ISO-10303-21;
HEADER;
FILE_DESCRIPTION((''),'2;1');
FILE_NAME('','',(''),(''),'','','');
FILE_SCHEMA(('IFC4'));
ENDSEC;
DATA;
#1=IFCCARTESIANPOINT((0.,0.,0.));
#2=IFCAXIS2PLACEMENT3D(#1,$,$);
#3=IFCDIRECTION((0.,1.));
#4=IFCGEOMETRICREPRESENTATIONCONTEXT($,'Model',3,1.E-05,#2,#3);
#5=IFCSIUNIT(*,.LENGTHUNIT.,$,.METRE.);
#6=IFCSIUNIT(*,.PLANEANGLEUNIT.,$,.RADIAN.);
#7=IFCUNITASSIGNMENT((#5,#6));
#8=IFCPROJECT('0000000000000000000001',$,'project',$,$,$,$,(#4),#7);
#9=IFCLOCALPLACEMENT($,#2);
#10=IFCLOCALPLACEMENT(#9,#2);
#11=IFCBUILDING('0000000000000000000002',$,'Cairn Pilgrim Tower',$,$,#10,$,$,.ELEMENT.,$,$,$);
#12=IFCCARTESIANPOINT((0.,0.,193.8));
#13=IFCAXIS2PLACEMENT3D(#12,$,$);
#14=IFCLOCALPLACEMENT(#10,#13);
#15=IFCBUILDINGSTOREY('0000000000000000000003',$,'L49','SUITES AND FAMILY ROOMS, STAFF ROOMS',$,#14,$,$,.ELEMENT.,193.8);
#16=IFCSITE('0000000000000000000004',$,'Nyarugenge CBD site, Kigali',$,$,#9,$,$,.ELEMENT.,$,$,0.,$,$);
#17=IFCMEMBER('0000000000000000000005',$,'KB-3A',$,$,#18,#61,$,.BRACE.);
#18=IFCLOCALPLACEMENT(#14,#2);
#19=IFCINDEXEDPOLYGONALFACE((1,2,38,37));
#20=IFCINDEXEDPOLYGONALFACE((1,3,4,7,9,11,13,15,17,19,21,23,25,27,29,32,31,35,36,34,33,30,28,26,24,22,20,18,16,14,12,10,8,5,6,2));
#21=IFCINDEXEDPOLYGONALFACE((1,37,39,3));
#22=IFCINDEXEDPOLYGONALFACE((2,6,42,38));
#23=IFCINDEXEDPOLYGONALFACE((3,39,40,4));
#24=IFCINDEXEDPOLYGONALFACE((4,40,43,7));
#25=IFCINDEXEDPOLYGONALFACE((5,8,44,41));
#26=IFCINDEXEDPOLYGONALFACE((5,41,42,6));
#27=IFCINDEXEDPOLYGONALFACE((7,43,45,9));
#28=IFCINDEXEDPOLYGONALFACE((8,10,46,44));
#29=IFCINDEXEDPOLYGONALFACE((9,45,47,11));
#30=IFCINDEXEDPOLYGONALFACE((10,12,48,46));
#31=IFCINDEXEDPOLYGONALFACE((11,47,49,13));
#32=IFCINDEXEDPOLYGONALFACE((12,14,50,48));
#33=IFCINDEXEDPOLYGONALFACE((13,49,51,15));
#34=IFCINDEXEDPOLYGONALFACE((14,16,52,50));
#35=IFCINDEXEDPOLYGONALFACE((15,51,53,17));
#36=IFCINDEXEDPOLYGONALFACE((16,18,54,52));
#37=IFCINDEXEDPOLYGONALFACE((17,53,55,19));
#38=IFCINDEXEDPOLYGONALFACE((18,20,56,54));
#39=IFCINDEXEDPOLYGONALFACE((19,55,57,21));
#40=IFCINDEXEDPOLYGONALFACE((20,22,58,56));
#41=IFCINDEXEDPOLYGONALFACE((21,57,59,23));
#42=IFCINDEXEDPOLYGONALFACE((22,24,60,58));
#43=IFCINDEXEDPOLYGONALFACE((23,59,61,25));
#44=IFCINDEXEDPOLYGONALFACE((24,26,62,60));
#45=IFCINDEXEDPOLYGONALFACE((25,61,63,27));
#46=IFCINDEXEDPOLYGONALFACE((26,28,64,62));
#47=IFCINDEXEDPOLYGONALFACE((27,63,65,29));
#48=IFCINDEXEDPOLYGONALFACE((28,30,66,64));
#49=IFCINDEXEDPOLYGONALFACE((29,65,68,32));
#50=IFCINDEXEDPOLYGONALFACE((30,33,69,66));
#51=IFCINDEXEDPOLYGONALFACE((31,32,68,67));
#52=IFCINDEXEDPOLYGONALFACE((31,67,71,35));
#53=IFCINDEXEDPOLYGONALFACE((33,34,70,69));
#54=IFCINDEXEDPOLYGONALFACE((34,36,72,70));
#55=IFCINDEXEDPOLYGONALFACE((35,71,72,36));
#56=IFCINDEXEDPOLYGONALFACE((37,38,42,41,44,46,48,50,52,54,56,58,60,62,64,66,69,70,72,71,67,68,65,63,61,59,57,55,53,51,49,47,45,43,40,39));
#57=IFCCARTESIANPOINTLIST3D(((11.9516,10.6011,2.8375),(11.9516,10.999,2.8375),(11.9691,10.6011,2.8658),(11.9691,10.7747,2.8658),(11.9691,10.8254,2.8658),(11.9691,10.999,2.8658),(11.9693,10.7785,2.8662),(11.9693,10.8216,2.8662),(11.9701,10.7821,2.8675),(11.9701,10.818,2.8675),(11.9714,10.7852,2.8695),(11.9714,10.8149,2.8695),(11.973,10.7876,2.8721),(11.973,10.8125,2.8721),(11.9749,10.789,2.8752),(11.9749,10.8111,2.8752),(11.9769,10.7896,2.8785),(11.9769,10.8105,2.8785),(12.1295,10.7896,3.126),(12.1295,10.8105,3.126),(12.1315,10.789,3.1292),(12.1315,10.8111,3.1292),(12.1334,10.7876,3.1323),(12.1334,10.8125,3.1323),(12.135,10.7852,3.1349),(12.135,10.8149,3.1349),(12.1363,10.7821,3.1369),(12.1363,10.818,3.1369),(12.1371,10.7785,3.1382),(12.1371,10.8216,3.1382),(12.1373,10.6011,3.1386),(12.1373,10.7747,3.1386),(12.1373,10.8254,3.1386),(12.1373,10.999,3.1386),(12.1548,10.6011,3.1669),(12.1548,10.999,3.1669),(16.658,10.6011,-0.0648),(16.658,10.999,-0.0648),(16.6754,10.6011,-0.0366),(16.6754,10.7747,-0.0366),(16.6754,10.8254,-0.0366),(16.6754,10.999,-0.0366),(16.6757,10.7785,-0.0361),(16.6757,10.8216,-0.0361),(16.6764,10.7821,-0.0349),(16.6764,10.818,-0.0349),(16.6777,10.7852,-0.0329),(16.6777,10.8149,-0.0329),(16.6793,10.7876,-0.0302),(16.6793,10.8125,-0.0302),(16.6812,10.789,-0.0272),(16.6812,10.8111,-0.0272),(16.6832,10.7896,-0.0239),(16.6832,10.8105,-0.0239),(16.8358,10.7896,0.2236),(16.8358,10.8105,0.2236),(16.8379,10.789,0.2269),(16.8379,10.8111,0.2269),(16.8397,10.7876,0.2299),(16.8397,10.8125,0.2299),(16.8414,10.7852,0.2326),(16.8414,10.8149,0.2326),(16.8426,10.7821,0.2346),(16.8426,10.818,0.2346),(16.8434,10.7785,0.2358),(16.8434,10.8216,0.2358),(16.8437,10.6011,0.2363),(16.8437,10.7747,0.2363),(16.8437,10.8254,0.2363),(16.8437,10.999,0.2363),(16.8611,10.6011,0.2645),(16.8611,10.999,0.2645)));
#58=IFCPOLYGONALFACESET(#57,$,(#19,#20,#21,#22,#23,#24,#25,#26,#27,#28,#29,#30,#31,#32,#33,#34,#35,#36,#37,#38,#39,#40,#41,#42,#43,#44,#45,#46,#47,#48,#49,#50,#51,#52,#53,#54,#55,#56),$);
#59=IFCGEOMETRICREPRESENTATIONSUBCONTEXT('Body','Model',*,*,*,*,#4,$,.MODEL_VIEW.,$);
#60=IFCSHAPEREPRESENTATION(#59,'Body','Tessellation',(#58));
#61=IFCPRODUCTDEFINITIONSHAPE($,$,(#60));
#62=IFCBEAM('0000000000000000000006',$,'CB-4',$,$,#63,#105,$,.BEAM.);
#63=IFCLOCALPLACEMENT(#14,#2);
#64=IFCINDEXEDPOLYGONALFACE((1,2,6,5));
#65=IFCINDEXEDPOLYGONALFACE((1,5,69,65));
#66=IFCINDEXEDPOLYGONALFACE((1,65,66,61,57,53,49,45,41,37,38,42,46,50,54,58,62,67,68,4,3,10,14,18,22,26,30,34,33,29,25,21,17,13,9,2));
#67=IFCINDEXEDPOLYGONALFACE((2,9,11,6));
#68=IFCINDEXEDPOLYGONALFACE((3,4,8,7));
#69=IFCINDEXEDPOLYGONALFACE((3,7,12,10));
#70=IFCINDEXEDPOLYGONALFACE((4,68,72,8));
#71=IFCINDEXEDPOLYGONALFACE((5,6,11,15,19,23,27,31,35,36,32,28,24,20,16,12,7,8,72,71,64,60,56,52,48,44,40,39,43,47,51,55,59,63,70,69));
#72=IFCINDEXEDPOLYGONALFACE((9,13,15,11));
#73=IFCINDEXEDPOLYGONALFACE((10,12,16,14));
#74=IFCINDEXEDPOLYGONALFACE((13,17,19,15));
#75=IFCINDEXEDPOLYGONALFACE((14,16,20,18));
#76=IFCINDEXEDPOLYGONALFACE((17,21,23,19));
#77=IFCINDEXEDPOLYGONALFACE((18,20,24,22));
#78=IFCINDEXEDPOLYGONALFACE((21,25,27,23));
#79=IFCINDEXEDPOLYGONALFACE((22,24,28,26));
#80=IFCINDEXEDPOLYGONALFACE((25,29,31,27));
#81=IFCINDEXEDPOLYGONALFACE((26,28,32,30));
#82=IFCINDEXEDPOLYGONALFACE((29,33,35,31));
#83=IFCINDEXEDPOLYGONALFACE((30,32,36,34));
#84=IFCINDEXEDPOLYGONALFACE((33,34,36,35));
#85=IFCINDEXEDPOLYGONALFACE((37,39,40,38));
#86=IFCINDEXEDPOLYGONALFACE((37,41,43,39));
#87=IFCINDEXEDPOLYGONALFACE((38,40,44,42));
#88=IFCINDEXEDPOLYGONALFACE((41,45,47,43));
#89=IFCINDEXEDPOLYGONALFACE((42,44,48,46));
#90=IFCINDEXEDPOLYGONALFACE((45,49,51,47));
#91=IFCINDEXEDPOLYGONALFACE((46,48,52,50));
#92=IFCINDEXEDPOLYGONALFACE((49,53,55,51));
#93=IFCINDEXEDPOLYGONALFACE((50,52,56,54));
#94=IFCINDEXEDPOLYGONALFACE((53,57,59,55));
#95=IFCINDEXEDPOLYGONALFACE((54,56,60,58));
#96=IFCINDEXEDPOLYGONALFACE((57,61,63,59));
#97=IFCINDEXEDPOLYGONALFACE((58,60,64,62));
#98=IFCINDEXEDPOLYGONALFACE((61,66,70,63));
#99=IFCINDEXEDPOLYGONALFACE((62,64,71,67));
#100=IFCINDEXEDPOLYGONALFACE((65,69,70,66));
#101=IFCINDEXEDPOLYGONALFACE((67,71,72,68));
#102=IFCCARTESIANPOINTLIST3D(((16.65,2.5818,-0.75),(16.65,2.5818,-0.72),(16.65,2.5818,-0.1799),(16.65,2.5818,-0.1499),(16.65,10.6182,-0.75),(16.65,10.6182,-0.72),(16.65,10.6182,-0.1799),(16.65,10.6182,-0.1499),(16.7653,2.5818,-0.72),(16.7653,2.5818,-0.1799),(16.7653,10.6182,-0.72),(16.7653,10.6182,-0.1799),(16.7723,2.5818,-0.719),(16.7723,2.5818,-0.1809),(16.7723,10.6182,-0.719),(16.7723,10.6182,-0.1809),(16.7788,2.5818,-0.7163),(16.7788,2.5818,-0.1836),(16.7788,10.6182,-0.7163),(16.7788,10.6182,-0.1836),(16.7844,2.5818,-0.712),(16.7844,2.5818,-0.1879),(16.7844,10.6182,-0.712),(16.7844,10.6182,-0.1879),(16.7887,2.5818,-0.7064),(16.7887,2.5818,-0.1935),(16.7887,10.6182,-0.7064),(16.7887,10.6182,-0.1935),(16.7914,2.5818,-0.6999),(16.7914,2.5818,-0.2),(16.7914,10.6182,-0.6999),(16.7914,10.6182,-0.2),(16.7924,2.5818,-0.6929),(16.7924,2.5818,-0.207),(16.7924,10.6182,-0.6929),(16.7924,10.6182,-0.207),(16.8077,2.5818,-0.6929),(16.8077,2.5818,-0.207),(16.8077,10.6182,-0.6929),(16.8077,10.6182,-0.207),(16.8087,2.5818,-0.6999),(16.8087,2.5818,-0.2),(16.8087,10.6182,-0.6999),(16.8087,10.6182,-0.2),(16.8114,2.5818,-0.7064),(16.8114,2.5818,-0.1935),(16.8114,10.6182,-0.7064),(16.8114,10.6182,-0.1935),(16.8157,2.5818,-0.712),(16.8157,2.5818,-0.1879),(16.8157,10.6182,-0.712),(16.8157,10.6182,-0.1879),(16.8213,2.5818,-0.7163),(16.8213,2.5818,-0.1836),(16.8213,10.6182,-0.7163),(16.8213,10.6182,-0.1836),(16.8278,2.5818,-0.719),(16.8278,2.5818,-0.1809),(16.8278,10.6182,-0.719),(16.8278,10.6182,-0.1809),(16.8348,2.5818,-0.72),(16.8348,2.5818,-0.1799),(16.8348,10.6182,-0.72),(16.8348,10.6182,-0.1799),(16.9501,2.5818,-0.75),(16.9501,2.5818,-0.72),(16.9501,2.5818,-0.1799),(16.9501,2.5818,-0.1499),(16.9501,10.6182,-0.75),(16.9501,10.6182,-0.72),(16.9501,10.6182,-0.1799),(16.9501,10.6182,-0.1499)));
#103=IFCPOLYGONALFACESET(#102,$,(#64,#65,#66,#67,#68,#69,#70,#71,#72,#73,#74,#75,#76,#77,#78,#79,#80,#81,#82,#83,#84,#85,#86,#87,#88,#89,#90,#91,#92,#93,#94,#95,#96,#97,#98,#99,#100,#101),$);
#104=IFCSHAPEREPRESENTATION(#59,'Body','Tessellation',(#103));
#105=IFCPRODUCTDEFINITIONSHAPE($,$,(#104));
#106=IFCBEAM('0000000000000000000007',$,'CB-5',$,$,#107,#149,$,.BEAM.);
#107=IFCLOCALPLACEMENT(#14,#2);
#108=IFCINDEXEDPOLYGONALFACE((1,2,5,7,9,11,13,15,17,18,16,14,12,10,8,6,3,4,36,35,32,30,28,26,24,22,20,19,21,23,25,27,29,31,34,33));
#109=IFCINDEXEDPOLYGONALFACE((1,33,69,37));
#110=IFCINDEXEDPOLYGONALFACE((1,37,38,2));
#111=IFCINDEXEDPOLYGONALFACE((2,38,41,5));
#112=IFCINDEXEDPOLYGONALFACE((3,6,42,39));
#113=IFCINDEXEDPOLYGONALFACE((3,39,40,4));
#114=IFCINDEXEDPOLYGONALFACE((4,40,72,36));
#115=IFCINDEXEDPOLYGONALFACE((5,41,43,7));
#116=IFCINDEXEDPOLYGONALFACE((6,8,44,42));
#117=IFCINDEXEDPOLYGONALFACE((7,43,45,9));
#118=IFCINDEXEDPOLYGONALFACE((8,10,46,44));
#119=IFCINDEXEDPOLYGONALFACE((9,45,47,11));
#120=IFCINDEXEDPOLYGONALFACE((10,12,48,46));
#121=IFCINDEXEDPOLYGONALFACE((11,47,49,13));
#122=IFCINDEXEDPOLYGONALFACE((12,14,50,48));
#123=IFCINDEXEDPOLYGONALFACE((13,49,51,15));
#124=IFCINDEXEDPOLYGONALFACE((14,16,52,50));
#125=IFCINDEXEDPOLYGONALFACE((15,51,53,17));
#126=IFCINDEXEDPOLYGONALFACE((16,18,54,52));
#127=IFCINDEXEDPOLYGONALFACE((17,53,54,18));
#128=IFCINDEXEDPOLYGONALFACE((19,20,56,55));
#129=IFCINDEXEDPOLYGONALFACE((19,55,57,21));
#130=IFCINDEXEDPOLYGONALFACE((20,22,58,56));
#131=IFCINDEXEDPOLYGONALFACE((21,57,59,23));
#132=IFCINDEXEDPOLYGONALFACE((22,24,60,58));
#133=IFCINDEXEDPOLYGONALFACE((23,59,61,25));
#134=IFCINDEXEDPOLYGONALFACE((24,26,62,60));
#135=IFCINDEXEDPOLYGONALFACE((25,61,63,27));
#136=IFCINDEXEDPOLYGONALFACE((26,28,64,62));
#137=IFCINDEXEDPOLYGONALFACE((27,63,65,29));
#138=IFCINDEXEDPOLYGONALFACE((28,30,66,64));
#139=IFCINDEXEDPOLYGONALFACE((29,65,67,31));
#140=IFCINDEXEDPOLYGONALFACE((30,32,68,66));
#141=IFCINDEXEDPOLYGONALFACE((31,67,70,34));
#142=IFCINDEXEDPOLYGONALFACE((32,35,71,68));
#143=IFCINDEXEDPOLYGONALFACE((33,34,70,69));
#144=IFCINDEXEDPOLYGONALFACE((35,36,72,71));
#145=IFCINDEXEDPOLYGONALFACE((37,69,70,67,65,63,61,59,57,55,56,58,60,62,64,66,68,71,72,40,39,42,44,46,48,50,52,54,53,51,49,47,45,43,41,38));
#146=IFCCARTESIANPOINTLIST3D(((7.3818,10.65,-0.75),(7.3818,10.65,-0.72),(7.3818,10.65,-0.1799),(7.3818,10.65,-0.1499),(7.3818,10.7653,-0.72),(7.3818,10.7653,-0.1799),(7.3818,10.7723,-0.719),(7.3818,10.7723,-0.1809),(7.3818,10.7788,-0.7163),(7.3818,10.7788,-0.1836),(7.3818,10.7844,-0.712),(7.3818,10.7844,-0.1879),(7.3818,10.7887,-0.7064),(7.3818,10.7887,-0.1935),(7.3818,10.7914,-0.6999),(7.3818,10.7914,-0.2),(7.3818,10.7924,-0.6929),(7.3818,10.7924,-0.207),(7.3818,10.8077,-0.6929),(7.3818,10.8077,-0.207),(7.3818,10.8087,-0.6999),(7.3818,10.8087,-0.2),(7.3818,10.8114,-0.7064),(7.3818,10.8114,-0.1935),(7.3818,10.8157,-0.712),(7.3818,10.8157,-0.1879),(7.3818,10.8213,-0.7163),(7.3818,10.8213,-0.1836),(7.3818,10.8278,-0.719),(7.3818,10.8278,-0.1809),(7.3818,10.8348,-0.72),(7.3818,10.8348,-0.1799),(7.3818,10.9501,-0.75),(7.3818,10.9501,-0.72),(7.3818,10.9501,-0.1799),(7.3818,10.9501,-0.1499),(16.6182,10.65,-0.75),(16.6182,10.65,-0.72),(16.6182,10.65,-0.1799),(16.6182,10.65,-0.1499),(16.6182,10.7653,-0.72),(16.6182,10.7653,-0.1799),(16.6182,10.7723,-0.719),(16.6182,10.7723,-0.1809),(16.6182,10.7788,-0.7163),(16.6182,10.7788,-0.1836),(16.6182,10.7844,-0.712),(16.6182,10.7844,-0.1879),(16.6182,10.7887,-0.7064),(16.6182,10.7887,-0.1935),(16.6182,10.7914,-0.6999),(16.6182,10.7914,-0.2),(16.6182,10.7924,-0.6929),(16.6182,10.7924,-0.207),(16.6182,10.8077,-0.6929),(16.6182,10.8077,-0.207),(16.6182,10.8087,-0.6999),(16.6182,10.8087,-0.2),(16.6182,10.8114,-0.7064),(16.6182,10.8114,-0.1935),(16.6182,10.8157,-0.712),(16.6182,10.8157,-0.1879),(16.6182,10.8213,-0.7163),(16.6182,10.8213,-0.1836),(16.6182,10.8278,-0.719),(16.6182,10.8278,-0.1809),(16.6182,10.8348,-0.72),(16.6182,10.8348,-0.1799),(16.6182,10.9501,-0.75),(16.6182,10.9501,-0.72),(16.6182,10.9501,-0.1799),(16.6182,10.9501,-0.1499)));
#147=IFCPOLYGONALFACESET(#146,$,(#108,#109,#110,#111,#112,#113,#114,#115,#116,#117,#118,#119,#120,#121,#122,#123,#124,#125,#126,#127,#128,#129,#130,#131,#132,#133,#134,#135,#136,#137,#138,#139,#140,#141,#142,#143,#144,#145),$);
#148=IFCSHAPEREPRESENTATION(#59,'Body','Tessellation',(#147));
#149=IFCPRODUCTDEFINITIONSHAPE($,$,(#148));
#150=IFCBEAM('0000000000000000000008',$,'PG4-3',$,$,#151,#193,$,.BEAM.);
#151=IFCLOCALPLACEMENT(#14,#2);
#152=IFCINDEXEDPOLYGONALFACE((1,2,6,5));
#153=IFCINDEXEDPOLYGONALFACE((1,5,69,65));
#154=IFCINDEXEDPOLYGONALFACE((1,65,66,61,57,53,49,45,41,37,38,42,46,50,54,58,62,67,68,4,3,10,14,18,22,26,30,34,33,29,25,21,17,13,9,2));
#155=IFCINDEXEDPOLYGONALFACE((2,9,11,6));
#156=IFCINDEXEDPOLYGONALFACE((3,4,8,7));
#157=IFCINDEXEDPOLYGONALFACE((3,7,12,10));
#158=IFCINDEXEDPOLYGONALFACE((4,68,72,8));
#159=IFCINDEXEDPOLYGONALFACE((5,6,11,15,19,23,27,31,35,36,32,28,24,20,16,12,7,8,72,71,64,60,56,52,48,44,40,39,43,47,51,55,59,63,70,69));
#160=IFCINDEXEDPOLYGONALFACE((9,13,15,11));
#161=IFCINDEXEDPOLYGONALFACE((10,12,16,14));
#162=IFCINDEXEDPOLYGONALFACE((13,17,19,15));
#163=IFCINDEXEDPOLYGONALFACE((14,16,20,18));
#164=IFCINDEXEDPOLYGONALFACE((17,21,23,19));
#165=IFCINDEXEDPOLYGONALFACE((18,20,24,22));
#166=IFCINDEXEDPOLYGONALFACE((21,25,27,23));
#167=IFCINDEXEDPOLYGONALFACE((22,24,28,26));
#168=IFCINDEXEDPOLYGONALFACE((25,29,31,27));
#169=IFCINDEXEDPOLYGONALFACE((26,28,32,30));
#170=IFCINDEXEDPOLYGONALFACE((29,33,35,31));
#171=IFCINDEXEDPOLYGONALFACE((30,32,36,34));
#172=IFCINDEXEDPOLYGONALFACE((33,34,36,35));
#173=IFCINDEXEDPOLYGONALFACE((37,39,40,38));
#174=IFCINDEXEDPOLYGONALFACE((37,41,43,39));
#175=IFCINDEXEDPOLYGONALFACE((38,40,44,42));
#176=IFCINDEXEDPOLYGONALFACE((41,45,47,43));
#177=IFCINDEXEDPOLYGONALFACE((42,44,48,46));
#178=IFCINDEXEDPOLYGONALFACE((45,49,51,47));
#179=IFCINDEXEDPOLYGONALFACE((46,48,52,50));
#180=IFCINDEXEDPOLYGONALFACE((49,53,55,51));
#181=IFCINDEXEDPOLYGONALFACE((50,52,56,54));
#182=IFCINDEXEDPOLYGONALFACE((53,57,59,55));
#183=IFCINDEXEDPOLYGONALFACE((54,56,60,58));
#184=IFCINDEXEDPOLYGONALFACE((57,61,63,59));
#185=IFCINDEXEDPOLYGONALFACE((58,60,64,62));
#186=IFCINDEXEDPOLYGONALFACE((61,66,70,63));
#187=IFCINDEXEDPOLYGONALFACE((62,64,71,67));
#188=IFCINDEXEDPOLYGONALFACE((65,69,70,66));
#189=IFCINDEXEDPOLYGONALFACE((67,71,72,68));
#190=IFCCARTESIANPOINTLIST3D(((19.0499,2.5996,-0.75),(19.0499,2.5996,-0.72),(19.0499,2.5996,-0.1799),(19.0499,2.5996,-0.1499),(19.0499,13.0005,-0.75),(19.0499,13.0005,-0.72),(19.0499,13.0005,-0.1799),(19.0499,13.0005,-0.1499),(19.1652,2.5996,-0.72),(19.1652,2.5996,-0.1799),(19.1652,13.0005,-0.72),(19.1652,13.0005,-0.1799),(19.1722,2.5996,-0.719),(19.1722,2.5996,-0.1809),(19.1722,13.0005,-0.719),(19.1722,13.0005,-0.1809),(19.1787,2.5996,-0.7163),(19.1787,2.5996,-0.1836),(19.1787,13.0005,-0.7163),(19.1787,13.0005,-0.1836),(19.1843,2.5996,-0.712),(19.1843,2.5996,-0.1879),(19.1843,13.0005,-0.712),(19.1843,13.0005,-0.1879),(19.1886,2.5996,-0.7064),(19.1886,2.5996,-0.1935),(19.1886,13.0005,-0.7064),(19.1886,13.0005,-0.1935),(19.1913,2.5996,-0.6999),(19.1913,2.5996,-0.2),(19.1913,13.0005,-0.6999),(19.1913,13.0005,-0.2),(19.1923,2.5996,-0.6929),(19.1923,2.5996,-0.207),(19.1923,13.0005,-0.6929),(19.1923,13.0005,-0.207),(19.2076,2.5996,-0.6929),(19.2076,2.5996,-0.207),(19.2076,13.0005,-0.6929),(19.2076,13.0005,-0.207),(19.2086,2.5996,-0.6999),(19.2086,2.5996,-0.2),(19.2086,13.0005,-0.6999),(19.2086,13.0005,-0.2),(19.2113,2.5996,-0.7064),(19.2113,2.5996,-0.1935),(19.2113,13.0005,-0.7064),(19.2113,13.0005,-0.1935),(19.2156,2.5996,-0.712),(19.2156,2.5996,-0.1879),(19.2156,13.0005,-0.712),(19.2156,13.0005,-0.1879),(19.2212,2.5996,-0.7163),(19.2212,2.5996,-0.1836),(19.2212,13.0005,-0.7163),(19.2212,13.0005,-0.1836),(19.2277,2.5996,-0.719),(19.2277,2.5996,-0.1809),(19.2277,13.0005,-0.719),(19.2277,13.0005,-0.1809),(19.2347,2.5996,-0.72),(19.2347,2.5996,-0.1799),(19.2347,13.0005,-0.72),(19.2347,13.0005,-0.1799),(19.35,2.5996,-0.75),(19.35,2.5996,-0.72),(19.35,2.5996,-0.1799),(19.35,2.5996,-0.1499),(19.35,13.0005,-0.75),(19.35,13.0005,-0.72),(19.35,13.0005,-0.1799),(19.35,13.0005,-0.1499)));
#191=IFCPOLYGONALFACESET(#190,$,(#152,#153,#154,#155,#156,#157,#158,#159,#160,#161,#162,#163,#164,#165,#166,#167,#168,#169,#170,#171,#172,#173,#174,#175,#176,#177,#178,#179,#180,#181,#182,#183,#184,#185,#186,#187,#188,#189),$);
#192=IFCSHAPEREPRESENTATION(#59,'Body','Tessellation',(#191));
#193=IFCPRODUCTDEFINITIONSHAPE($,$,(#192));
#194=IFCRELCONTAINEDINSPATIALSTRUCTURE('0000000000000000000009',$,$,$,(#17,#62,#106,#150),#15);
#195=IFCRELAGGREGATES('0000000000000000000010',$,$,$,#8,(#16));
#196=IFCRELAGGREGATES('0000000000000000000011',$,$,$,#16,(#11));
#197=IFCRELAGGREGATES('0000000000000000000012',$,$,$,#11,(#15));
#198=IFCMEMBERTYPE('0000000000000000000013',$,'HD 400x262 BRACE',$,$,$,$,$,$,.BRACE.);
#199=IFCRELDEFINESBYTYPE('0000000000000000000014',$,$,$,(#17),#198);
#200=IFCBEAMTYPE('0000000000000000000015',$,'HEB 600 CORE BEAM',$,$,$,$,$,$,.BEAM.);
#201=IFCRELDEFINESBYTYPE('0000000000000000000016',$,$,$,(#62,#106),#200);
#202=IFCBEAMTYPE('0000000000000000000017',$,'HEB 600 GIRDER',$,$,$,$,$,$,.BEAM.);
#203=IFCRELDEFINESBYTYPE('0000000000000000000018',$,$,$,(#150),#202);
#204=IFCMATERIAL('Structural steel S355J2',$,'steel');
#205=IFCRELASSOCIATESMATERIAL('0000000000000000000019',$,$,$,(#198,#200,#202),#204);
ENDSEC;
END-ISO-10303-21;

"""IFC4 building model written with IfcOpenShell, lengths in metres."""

from ifc_helpers import new_model, si_unit, direction, frame, origin, origin_2d, place, context, subcontext, project, spatial, i_section, extrude, material, material_profile, profile_set, type_object, element, save


model = new_model("IFC4")

# Units and contexts
model_context = context("Model", 3, precision=1e-05, world=origin(), true_north=direction((0.0, 1.0)))
body_context = subcontext(model_context, "Body", "Model", "MODEL_VIEW")
ifc_project = project(units=[si_unit("LENGTHUNIT", "METRE"), si_unit("PLANEANGLEUNIT", "RADIAN")], contexts=[model_context])

# Site, building, storey
site_placement = place(None, origin())
site = spatial("IfcSite", under=ifc_project, at=site_placement, Name="Nyarugenge CBD site, Kigali", CompositionType="ELEMENT", RefElevation=0.0)
building_placement = place(site_placement, origin())
building = spatial("IfcBuilding", under=site, at=building_placement, Name="Cairn Pilgrim Tower", CompositionType="ELEMENT")
storey_placement = place(building_placement, frame((0.0, 0.0, 193.8)))
storey = spatial("IfcBuildingStorey", under=building, at=storey_placement, Name="L49", Description="SUITES AND FAMILY ROOMS, STAFF ROOMS", CompositionType="ELEMENT", Elevation=193.8)

# Shared definitions
ifc_material_1 = material(Name="Structural steel S355J2", Category="steel")

# Member
ifc_material_profile_1 = material_profile(ifc_material_1, i_section(OverallWidth=0.3979, OverallDepth=0.387, WebThickness=0.021, FlangeThickness=0.0332, FilletRadius=0.0149, at=origin_2d()), Name="HD 400x262")
ifc_profile_set_1 = profile_set([ifc_material_profile_1], Name="Structural steel S355J2")
member_type = type_object("IfcMemberType", Name="HD 400x262 BRACE", PredefinedType="BRACE", material=ifc_profile_set_1)
member_1_placement = place(storey_placement, frame((16.7595, 10.8, 0.0999), z_axis=(-0.851161, 0.0, 0.524905), x_axis=(0.0, -1.0, 0.0)))
element("IfcMember", 1, at=member_1_placement, inside=storey, type_object=member_type, Name="KB-3A", PredefinedType="BRACE", context=body_context, shape_type="SweptSolid", body=[
    extrude(i_section(OverallWidth=0.3979, OverallDepth=0.387, WebThickness=0.021, FlangeThickness=0.0332, FilletRadius=0.0149, at=origin_2d()), origin(), (0.0, 0.0, 1.0), 5.5293),
])

# Beams
ifc_material_profile_2 = material_profile(ifc_material_1, i_section(OverallWidth=0.3, OverallDepth=0.6001, WebThickness=0.0154, FlangeThickness=0.03, FilletRadius=0.0271, at=origin_2d()), Name="HEB 600")
ifc_profile_set_2 = profile_set([ifc_material_profile_2], Name="Structural steel S355J2")
beam_type_1 = type_object("IfcBeamType", Name="HEB 600 CORE BEAM", PredefinedType="BEAM", material=ifc_profile_set_2)
beam_1_placement = place(storey_placement, frame((16.8, 2.5818, -0.45), z_axis=(0.0, 1.0, 0.0), x_axis=(-1.0, 0.0, 0.0)))
element("IfcBeam", 2, at=beam_1_placement, inside=storey, type_object=beam_type_1, Name="CB-4", PredefinedType="BEAM", context=body_context, shape_type="SweptSolid", body=[
    extrude(i_section(OverallWidth=0.3, OverallDepth=0.6001, WebThickness=0.0154, FlangeThickness=0.03, FilletRadius=0.0271, at=origin_2d()), origin(), (0.0, 0.0, 1.0), 8.0364),
])
beam_2_placement = place(storey_placement, frame((16.6182, 10.8, -0.45), z_axis=(-1.0, 0.0, 0.0), x_axis=(0.0, -1.0, 0.0)))
element("IfcBeam", 3, at=beam_2_placement, inside=storey, type_object=beam_type_1, Name="CB-5", PredefinedType="BEAM", context=body_context, shape_type="SweptSolid", body=[
    extrude(i_section(OverallWidth=0.3, OverallDepth=0.6001, WebThickness=0.0154, FlangeThickness=0.03, FilletRadius=0.0271, at=origin_2d()), origin(), (0.0, 0.0, 1.0), 9.2363),
])
ifc_material_profile_3 = material_profile(ifc_material_1, i_section(OverallWidth=0.3, OverallDepth=0.6001, WebThickness=0.0154, FlangeThickness=0.03, FilletRadius=0.0271, at=origin_2d()), Name="HEB 600")
ifc_profile_set_3 = profile_set([ifc_material_profile_3], Name="Structural steel S355J2")
beam_type_2 = type_object("IfcBeamType", Name="HEB 600 GIRDER", PredefinedType="BEAM", material=ifc_profile_set_3)
beam_3_placement = place(storey_placement, frame((19.2, 2.5996, -0.45), z_axis=(0.0, 1.0, 0.0), x_axis=(-1.0, 0.0, 0.0)))
element("IfcBeam", 4, at=beam_3_placement, inside=storey, type_object=beam_type_2, Name="PG4-3", PredefinedType="BEAM", context=body_context, shape_type="SweptSolid", body=[
    extrude(i_section(OverallWidth=0.3, OverallDepth=0.6001, WebThickness=0.0154, FlangeThickness=0.03, FilletRadius=0.0271, at=origin_2d()), origin(), (0.0, 0.0, 1.0), 10.4009),
])

save(model, "model.ifc")
